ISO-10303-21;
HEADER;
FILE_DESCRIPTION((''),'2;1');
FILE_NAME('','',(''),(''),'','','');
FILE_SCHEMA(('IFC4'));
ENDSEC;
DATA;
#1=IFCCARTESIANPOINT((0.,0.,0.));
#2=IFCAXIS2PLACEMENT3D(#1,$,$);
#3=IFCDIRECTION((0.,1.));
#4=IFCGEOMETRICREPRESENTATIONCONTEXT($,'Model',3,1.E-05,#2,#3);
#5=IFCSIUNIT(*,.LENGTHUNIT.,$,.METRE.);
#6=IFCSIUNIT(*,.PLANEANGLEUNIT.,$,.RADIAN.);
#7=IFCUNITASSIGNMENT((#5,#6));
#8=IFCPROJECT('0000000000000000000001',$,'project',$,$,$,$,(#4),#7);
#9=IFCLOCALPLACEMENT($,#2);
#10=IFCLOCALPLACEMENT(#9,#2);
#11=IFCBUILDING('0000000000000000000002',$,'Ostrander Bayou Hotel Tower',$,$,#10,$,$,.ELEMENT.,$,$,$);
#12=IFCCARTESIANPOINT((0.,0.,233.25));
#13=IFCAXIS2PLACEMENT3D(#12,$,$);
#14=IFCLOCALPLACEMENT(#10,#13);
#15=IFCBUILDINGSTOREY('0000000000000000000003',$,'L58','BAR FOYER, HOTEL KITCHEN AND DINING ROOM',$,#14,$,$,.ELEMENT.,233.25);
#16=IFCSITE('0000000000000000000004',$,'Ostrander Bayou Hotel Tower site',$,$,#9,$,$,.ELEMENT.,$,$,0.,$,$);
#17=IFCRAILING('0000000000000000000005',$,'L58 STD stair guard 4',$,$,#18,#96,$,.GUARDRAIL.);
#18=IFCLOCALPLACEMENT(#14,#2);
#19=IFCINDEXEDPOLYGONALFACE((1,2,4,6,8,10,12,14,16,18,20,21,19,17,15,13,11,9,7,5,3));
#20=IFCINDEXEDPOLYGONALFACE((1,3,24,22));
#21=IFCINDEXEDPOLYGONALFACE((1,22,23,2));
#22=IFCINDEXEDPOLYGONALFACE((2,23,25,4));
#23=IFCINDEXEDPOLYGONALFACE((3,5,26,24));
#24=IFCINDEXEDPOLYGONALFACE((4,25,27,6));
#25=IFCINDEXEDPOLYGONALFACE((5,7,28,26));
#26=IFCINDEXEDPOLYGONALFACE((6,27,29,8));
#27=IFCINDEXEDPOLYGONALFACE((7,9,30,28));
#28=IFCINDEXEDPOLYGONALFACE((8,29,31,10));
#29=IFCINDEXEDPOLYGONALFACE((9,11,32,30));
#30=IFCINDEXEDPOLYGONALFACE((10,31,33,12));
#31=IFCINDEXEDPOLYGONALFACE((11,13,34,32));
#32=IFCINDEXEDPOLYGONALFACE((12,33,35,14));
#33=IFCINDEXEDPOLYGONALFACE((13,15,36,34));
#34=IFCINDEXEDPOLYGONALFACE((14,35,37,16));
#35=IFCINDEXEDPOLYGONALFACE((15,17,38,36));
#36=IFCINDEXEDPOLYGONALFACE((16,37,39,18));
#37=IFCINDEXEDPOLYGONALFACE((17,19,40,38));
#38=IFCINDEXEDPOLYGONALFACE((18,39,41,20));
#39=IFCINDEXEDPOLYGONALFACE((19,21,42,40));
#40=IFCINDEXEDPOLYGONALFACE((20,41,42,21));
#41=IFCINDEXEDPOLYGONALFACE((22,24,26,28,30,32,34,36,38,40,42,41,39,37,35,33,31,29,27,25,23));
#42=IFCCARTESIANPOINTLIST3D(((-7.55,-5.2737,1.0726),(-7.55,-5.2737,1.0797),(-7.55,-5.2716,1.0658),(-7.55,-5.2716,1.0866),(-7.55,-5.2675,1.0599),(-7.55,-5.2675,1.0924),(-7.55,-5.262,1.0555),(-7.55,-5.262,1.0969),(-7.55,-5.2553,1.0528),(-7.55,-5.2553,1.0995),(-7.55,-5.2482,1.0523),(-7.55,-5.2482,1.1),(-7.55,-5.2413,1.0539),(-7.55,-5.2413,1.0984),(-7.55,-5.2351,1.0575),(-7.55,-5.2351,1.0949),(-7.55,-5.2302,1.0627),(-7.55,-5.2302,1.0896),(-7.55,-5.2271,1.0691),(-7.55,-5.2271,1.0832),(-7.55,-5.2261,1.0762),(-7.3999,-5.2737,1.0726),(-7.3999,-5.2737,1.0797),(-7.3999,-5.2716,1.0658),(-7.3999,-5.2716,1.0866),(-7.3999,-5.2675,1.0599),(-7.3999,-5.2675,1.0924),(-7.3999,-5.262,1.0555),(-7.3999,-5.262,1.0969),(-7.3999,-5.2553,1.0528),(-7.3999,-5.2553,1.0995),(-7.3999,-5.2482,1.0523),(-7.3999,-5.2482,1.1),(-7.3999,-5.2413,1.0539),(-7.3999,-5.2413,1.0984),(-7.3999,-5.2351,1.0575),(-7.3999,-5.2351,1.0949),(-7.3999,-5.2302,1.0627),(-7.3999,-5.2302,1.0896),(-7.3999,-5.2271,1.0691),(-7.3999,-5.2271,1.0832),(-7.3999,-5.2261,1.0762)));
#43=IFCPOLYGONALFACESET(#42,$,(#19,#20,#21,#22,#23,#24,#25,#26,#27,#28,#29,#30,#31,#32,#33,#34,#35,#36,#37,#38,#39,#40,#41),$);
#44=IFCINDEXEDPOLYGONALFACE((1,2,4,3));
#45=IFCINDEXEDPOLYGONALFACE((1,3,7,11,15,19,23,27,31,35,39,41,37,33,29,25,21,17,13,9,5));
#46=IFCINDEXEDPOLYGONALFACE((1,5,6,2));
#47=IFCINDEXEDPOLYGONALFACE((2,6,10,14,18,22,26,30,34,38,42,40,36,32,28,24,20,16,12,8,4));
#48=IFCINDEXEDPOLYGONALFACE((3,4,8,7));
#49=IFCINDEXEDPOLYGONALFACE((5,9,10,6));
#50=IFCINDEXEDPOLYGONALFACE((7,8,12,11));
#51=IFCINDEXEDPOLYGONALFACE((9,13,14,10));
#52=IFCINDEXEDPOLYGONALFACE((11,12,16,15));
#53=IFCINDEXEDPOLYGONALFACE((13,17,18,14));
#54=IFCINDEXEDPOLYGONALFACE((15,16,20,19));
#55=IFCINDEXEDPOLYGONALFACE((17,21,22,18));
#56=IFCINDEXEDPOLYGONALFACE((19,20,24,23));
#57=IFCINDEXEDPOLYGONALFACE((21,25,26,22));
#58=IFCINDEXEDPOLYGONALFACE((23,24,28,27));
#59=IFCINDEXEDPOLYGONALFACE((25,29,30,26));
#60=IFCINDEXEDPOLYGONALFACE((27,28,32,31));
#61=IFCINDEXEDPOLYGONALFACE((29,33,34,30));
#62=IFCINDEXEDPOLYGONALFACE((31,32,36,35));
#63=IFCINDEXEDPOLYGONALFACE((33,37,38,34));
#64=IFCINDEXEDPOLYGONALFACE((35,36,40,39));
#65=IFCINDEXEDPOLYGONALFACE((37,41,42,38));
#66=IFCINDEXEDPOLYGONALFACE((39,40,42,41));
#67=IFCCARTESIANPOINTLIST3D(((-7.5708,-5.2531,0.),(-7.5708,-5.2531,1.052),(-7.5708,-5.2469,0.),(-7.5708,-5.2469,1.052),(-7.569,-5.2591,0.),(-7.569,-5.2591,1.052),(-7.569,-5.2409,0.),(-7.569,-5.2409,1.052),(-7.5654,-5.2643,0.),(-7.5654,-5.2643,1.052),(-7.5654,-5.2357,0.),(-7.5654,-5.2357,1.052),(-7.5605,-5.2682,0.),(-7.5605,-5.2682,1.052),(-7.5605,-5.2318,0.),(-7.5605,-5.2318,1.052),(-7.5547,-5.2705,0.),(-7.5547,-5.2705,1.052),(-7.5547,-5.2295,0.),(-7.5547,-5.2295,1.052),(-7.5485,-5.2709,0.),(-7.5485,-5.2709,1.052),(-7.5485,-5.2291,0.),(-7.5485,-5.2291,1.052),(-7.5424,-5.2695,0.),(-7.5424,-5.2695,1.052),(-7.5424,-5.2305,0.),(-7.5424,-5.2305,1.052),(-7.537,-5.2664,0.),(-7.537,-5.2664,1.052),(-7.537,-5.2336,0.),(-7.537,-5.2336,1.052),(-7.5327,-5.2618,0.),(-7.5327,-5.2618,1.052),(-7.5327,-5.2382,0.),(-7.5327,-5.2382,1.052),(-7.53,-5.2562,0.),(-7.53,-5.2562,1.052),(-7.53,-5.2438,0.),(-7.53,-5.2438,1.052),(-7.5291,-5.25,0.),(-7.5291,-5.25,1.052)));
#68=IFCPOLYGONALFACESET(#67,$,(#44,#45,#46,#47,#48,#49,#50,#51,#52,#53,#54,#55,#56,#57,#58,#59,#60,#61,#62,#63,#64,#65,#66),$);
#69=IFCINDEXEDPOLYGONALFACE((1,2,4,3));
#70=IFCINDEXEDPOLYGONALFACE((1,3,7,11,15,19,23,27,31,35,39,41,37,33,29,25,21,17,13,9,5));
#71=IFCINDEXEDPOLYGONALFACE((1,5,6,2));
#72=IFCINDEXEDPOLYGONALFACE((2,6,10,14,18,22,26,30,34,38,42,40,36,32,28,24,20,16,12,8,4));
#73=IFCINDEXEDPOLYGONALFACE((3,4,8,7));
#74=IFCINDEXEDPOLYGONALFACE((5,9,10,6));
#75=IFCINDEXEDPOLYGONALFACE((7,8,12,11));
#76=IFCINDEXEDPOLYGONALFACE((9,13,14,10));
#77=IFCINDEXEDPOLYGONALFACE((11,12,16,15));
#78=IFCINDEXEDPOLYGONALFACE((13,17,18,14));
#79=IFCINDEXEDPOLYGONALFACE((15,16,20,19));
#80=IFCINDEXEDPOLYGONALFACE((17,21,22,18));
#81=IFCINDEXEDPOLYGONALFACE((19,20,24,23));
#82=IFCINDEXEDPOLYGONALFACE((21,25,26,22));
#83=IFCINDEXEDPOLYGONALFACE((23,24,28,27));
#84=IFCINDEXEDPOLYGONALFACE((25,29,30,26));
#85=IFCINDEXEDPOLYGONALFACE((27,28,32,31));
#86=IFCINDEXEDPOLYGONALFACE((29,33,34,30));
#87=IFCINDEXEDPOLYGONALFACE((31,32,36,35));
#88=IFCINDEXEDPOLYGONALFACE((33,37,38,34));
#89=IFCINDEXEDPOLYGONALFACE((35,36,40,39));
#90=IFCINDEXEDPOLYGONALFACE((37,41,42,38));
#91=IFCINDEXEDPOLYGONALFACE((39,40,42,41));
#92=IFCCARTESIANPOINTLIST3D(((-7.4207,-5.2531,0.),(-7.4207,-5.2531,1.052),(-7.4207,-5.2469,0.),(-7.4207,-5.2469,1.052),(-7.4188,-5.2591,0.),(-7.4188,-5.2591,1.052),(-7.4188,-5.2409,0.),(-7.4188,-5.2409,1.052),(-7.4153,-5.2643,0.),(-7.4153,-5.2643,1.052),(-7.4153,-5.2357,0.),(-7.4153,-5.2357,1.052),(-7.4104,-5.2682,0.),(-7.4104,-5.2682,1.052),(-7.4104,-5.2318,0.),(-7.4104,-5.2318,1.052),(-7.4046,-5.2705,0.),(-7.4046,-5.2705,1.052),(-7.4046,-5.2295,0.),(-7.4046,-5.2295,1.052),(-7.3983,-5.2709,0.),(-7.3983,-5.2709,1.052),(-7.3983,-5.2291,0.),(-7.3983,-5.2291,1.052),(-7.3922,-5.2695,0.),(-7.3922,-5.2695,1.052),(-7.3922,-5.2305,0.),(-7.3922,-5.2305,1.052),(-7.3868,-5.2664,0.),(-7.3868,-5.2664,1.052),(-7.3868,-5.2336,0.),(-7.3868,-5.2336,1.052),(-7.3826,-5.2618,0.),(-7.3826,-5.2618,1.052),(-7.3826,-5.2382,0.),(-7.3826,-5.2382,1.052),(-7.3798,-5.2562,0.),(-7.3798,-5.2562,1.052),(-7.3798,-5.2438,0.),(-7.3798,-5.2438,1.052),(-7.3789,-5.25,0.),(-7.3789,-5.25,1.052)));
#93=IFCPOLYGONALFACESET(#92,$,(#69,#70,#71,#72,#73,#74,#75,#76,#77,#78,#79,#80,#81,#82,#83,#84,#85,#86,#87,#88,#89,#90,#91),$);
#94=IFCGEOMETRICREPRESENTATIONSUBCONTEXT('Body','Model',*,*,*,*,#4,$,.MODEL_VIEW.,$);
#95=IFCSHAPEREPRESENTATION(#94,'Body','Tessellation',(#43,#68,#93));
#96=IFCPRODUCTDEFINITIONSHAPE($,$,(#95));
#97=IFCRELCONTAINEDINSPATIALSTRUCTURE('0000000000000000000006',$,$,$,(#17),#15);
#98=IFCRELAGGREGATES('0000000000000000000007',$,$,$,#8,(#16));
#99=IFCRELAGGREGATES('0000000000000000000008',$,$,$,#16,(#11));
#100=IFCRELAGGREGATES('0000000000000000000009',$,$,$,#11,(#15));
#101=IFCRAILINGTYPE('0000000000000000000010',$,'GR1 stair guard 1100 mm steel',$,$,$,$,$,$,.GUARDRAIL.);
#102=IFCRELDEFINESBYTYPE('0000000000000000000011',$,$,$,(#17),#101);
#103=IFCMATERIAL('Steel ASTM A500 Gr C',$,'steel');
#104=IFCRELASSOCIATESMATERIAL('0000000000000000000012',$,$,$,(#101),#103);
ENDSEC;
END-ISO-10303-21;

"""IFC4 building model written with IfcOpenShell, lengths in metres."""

from ifc_helpers import new_model, si_unit, direction, frame, origin, origin_2d, place, context, subcontext, project, spatial, circle, extrude, material, type_object, element, save


model = new_model("IFC4")

# Units and contexts
model_context = context("Model", 3, precision=1e-05, world=origin(), true_north=direction((0.0, 1.0)))
body_context = subcontext(model_context, "Body", "Model", "MODEL_VIEW")
ifc_project = project(units=[si_unit("LENGTHUNIT", "METRE"), si_unit("PLANEANGLEUNIT", "RADIAN")], contexts=[model_context])

# Site, building, storey
site_placement = place(None, origin())
site = spatial("IfcSite", under=ifc_project, at=site_placement, Name="Ostrander Bayou Hotel Tower site", CompositionType="ELEMENT", RefElevation=0.0)
building_placement = place(site_placement, origin())
building = spatial("IfcBuilding", under=site, at=building_placement, Name="Ostrander Bayou Hotel Tower", CompositionType="ELEMENT")
storey_placement = place(building_placement, frame((0.0, 0.0, 233.25)))
storey = spatial("IfcBuildingStorey", under=building, at=storey_placement, Name="L58", Description="BAR FOYER, HOTEL KITCHEN AND DINING ROOM", CompositionType="ELEMENT", Elevation=233.25)

# Railing
ifc_material_1 = material(Name="Steel ASTM A500 Gr C", Category="steel")
railing_type_1 = type_object("IfcRailingType", Name="GR1 stair guard 1100 mm steel", PredefinedType="GUARDRAIL", material=ifc_material_1)
railing_1_placement = place(storey_placement, frame((-7.55, -5.25, 0.0)))
element("IfcRailing", 1, at=railing_1_placement, inside=storey, type_object=railing_type_1, Name="L58 STD stair guard 4", PredefinedType="GUARDRAIL", context=body_context, shape_type="SweptSolid", body=[
    extrude(circle(Radius=0.0239, at=origin_2d()), frame((0.0, 0.0, 1.0762), z_axis=(1.0, 0.0, 0.0), x_axis=(0.0, 1.0, 0.0)), (0.0, 0.0, 1.0), 0.1501),
    extrude(circle(Radius=0.021, at=origin_2d()), origin(), (0.0, 0.0, 1.0), 1.052),
    extrude(circle(Radius=0.021, at=origin_2d()), frame((0.1501, 0.0, 0.0)), (0.0, 0.0, 1.0), 1.052),
])

save(model, "model.ifc")
